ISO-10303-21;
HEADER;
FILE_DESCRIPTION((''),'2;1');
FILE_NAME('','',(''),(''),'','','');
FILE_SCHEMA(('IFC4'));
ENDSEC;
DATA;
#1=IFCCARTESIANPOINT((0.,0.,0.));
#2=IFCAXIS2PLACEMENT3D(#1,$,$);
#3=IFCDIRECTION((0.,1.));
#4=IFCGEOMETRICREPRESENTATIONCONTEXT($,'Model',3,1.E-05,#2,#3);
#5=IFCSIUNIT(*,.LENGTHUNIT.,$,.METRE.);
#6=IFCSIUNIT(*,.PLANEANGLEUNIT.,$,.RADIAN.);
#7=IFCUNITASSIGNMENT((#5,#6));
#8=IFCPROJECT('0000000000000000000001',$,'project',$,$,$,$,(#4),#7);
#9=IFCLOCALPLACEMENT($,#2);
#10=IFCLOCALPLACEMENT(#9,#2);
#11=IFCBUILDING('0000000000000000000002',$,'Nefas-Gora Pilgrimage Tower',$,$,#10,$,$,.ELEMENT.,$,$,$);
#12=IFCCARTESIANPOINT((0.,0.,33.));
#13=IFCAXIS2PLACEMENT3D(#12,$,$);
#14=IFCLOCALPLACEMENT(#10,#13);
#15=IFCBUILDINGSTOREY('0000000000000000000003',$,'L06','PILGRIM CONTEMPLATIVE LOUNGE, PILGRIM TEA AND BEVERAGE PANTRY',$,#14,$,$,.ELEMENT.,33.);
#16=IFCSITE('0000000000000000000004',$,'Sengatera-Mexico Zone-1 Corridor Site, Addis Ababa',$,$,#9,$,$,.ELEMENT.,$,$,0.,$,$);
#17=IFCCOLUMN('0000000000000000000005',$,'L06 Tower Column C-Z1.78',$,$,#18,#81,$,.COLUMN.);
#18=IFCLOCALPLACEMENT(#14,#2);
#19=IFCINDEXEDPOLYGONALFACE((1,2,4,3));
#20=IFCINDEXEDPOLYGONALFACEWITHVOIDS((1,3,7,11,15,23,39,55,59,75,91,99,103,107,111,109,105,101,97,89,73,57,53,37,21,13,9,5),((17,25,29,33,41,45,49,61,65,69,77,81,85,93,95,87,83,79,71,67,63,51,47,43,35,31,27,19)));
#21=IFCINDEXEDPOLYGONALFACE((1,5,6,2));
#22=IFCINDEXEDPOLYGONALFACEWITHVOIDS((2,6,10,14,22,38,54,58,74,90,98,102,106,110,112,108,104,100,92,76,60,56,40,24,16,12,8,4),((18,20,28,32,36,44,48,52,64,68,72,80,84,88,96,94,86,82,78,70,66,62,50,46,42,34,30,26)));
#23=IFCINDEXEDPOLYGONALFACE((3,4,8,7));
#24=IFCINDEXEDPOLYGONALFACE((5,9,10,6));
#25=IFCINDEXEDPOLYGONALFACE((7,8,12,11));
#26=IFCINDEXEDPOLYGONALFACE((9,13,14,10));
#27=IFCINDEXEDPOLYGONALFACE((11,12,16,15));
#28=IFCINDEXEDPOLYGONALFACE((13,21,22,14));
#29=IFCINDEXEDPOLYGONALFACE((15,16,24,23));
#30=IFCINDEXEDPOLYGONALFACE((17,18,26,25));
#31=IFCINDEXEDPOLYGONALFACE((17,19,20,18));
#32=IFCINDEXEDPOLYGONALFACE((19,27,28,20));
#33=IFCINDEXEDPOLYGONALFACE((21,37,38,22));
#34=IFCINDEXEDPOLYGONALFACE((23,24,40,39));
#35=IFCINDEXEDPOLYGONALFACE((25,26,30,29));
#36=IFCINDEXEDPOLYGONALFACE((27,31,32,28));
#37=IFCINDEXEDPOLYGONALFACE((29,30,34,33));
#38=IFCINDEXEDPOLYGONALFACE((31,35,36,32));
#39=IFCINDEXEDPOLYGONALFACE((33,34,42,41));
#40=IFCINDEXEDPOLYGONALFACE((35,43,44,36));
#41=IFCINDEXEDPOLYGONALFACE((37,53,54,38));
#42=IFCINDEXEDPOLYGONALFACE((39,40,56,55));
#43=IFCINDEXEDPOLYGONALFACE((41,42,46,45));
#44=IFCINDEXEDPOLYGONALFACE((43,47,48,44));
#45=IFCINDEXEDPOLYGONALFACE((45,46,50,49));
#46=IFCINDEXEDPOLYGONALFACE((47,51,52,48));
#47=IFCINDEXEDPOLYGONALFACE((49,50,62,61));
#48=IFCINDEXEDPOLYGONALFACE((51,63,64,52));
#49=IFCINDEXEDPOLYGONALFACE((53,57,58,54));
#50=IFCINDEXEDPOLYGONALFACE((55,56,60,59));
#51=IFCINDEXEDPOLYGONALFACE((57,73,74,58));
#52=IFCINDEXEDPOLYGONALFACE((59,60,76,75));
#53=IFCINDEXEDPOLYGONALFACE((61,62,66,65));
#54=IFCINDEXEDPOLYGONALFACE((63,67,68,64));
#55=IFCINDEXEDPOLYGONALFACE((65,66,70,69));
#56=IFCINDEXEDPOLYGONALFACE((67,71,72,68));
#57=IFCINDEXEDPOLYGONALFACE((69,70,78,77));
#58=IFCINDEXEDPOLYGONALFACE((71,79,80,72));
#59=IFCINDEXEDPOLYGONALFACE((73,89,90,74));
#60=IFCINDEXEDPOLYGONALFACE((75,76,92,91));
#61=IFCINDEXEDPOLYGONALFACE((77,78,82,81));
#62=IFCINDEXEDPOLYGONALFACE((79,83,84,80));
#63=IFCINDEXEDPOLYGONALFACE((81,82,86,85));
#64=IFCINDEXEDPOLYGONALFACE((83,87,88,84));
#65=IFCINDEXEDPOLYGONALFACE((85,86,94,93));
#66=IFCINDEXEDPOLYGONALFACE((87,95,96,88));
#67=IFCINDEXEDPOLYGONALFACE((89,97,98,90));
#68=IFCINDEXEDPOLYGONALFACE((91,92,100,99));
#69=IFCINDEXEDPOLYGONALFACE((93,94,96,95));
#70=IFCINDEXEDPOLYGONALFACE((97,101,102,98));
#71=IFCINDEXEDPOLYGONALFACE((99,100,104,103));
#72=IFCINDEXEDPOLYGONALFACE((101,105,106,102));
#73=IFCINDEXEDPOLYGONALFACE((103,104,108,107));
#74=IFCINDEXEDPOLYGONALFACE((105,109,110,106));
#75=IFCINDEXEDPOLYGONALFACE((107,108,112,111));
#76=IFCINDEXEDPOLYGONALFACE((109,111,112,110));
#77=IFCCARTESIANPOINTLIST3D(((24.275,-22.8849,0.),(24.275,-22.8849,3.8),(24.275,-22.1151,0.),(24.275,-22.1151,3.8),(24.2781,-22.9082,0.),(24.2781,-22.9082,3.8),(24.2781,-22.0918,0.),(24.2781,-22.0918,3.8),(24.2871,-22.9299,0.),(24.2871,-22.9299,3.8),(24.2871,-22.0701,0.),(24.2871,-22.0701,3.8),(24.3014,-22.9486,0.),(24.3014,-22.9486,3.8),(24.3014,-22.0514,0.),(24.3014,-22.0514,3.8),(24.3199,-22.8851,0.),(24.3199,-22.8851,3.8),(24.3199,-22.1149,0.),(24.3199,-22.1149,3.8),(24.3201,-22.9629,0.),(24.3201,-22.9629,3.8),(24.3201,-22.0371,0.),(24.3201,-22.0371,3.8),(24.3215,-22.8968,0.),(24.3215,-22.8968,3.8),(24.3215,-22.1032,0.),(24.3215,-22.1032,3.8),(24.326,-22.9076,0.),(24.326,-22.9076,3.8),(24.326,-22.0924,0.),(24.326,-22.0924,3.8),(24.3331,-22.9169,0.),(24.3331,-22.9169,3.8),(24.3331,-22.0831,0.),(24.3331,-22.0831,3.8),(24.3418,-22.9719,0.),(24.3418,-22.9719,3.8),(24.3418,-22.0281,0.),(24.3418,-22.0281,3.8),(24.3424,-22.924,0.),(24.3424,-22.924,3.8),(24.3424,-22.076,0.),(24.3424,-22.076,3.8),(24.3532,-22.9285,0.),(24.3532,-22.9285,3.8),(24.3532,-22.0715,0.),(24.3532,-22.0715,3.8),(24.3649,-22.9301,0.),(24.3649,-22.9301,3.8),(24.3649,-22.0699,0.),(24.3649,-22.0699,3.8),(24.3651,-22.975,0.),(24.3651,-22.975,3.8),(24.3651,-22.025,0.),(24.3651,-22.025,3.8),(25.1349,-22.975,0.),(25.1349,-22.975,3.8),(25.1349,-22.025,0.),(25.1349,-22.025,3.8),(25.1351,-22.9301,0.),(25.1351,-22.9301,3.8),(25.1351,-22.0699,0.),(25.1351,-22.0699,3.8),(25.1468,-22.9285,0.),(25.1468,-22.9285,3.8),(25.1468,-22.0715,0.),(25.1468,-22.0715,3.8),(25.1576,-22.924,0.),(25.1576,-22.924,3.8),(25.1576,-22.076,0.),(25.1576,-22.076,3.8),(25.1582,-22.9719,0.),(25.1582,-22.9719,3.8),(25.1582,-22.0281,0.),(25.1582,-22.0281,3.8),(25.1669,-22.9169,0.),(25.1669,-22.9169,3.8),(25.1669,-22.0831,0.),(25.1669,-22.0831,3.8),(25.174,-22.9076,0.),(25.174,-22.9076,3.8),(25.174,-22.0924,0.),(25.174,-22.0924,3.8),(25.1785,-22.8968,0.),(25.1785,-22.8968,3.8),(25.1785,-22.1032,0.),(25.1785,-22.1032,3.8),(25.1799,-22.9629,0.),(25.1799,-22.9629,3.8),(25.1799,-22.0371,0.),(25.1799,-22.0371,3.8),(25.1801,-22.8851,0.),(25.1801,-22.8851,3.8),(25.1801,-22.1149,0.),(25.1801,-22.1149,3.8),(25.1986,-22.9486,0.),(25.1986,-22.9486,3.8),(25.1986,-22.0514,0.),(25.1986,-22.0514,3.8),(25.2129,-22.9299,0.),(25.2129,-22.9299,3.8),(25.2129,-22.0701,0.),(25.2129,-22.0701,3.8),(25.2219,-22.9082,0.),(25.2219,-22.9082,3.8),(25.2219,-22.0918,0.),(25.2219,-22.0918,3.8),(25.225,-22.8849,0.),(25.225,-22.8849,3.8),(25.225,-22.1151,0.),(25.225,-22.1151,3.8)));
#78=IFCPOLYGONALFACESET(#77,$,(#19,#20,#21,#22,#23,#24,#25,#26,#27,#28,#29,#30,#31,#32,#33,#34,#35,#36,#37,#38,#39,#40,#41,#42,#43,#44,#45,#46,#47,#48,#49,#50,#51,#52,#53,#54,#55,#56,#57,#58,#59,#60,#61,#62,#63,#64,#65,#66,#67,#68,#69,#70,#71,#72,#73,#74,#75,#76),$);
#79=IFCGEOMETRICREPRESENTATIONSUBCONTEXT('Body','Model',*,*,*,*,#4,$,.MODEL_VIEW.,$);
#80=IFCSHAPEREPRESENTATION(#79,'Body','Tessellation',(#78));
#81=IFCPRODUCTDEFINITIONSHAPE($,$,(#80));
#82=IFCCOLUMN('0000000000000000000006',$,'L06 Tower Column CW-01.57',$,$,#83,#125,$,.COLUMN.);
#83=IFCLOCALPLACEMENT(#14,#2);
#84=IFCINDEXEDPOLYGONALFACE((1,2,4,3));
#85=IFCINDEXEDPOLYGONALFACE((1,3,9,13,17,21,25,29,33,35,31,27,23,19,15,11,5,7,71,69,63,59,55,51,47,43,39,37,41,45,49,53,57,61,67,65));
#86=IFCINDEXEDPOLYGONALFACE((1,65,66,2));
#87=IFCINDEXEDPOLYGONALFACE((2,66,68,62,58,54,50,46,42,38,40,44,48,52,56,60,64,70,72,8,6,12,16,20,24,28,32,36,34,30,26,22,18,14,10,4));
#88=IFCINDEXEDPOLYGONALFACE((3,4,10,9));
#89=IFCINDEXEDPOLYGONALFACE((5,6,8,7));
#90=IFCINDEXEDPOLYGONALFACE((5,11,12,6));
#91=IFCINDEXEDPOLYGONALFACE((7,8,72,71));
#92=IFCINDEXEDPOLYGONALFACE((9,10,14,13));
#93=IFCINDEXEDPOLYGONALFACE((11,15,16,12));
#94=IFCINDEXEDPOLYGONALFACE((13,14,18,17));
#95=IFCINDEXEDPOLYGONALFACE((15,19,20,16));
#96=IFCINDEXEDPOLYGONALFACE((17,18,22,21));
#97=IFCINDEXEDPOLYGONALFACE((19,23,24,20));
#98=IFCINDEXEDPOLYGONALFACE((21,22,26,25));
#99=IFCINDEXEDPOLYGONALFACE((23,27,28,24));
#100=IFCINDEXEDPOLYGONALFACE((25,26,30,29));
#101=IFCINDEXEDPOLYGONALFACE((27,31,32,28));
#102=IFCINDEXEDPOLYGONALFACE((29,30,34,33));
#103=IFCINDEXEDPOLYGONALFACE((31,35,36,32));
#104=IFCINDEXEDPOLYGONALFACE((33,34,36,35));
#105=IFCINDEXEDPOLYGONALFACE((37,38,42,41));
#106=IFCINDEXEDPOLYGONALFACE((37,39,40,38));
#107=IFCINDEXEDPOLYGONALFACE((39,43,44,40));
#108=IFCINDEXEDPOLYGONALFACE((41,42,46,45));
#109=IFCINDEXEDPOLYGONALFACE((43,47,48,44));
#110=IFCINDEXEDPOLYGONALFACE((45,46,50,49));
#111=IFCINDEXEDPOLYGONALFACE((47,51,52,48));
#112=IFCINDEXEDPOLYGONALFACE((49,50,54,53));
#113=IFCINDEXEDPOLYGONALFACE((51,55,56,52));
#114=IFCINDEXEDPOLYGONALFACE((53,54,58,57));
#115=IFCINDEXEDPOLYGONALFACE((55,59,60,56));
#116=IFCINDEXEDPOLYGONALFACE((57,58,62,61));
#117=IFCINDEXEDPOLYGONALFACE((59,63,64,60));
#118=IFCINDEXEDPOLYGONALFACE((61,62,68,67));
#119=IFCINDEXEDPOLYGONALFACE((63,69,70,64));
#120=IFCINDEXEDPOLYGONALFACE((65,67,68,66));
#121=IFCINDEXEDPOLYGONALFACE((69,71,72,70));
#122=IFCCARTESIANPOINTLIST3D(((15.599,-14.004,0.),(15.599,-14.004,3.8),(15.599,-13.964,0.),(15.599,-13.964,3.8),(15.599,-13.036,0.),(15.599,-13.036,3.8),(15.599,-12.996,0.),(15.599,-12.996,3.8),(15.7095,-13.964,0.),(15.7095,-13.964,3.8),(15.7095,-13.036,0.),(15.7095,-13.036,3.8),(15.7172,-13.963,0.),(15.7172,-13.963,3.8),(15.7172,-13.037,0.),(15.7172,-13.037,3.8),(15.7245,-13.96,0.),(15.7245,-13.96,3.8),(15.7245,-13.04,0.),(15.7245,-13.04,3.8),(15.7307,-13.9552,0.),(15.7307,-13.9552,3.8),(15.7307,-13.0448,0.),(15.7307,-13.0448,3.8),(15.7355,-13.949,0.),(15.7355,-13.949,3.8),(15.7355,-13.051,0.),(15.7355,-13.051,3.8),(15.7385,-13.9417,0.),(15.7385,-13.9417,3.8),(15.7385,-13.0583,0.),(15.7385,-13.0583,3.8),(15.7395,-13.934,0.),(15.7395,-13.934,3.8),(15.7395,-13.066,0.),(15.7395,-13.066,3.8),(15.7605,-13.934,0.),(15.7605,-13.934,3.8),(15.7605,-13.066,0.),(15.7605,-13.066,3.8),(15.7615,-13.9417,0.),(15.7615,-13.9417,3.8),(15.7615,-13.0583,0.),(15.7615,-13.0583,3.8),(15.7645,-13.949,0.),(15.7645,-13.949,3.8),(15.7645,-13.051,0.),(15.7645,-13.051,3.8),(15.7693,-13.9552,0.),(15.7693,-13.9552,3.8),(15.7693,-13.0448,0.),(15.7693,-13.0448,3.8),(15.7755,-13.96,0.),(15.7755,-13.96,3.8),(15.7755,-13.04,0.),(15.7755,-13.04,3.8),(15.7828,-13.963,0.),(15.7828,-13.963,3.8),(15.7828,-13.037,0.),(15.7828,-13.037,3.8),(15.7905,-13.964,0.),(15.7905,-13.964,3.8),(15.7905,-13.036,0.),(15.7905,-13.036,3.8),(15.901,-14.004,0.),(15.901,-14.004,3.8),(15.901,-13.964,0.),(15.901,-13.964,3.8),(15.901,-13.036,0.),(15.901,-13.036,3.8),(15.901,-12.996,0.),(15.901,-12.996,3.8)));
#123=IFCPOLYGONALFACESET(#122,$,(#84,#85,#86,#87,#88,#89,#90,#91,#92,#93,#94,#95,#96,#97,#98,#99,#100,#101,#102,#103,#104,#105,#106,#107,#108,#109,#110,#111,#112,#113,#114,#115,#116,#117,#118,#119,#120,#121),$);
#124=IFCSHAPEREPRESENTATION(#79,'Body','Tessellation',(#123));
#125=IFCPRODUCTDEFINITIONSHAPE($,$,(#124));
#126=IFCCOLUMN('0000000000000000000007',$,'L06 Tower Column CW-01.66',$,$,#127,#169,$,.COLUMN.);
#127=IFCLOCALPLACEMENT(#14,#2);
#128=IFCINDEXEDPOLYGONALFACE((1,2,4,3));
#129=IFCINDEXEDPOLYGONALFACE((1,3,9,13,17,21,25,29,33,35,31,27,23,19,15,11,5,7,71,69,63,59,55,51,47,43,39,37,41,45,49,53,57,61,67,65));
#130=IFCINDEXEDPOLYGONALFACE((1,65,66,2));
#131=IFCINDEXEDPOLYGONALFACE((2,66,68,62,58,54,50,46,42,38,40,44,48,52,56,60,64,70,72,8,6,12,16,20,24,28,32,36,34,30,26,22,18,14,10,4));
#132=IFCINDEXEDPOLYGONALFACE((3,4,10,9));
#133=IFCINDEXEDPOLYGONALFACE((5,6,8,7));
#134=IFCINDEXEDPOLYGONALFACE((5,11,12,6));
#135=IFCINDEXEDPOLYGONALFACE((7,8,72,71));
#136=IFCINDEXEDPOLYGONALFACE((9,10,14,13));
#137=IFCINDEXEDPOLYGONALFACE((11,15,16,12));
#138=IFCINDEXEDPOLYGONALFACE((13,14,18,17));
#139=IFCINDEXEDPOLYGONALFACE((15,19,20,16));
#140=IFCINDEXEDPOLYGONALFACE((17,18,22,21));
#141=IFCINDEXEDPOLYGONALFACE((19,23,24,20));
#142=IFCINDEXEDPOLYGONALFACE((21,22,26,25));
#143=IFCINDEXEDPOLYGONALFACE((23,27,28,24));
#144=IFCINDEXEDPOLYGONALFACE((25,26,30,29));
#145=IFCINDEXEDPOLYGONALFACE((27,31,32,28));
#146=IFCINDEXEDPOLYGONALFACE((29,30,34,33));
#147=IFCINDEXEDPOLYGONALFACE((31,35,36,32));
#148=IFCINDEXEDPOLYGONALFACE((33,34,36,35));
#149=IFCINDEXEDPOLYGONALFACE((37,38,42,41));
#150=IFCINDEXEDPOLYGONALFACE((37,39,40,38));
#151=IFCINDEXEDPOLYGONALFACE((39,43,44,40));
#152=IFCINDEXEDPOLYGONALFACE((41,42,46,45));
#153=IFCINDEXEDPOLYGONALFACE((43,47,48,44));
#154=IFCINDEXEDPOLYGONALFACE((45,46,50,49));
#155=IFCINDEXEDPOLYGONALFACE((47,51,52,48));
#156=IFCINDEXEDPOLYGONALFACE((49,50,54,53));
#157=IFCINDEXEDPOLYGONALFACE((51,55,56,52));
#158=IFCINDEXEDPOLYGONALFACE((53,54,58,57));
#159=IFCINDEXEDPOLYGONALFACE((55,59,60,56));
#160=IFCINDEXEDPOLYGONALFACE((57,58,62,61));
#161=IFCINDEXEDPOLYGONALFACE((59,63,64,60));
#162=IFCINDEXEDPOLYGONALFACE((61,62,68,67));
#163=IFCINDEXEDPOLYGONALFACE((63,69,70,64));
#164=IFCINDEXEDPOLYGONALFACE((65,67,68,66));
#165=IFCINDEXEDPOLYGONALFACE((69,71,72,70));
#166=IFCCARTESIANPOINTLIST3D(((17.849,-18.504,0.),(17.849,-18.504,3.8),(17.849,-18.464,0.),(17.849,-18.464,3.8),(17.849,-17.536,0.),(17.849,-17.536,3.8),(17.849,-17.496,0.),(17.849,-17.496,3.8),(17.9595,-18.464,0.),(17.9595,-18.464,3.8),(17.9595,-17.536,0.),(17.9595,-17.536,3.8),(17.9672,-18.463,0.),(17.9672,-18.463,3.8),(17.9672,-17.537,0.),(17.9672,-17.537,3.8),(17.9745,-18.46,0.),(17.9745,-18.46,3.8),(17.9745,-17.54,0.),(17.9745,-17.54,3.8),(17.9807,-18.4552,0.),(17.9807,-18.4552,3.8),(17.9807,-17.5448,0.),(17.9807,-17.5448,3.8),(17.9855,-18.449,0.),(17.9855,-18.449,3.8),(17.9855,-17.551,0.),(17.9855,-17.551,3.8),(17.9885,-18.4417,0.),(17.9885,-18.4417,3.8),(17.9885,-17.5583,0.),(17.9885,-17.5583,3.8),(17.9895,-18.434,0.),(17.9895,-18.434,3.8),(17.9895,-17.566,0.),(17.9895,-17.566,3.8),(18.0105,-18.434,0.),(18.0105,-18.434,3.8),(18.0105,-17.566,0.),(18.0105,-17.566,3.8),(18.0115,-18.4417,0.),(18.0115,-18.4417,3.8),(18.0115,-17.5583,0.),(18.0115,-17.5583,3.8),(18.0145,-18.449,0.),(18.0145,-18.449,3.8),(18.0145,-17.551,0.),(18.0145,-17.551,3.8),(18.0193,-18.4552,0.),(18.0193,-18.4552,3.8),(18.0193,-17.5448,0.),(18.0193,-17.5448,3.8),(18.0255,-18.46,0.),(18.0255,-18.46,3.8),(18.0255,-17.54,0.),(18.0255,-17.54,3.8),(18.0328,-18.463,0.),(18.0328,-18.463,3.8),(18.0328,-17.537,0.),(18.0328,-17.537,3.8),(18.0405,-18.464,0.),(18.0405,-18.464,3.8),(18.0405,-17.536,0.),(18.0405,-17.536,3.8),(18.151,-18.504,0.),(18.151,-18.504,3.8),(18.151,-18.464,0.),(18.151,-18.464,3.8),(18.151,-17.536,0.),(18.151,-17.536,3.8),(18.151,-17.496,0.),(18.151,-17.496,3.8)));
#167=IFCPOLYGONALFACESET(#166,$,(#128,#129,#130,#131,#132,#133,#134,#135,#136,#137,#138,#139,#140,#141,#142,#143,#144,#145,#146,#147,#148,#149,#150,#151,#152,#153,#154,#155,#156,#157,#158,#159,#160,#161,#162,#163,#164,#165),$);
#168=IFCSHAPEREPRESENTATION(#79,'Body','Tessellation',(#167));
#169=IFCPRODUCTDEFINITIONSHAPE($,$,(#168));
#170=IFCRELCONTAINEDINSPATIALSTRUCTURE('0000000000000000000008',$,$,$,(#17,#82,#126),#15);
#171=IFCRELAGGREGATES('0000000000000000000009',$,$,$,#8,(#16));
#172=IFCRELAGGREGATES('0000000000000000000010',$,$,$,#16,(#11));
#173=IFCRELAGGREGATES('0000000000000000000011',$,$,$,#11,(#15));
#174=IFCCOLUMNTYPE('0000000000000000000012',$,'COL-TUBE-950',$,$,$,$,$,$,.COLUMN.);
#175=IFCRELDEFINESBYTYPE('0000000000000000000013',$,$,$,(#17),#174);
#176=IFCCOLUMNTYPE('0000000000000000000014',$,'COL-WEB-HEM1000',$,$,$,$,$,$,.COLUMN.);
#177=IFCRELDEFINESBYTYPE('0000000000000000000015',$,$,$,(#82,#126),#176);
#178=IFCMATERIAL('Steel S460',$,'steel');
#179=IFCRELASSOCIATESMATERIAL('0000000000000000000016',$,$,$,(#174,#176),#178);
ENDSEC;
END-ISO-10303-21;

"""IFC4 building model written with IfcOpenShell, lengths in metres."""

from ifc_helpers import new_model, si_unit, direction, frame, origin, origin_2d, place, context, subcontext, project, spatial, hollow_rectangle, i_section, extrude, source, transform, mapped, material, material_profile, profile_set, type_object, element, save


model = new_model("IFC4")

# Units and contexts
model_context = context("Model", 3, precision=1e-05, world=origin(), true_north=direction((0.0, 1.0)))
body_context = subcontext(model_context, "Body", "Model", "MODEL_VIEW")
ifc_project = project(units=[si_unit("LENGTHUNIT", "METRE"), si_unit("PLANEANGLEUNIT", "RADIAN")], contexts=[model_context])

# Site, building, storey
site_placement = place(None, origin())
site = spatial("IfcSite", under=ifc_project, at=site_placement, Name="Sengatera-Mexico Zone-1 Corridor Site, Addis Ababa", CompositionType="ELEMENT", RefElevation=0.0)
building_placement = place(site_placement, origin())
building = spatial("IfcBuilding", under=site, at=building_placement, Name="Nefas-Gora Pilgrimage Tower", CompositionType="ELEMENT")
storey_placement = place(building_placement, frame((0.0, 0.0, 33.0)))
storey = spatial("IfcBuildingStorey", under=building, at=storey_placement, Name="L06", Description="PILGRIM CONTEMPLATIVE LOUNGE, PILGRIM TEA AND BEVERAGE PANTRY", CompositionType="ELEMENT", Elevation=33.0)

# Columns
ifc_material_1 = material(Name="Steel S460", Category="steel")
ifc_material_profile_1 = material_profile(ifc_material_1, hollow_rectangle(XDim=0.95, YDim=0.95, WallThickness=0.0449, InnerFilletRadius=0.0449, OuterFilletRadius=0.0901, at=origin_2d()), Name="BOX 950x950x45")
ifc_profile_set_1 = profile_set([ifc_material_profile_1], Name="Steel S460")
column_type_1 = type_object("IfcColumnType", Name="COL-TUBE-950", PredefinedType="COLUMN", material=ifc_profile_set_1)
shared_shape_1 = source(origin(), body_context, "Body", "SweptSolid", [
    extrude(hollow_rectangle(XDim=0.95, YDim=0.95, WallThickness=0.0449, InnerFilletRadius=0.0449, OuterFilletRadius=0.0901, at=origin_2d()), origin(), (0.0, 0.0, 1.0), 3.8),
])
for number, where, z_axis, x_axis, name in (
    (1, (24.75, -22.5, 0.0), (0.0, 0.0, 1.0), (1.0, 0.0, 0.0), "L06 Tower Column C-Z1.78"),
):
    element("IfcColumn", number, at=place(storey_placement, frame(where, z_axis=z_axis, x_axis=x_axis)), inside=storey, type_object=column_type_1, Name=name, PredefinedType="COLUMN", context=body_context, shape_type="MappedRepresentation", body=[
        mapped(shared_shape_1, transform((0.0, 0.0, 0.0), x_axis=(1.0, 0.0, 0.0), y_axis=(0.0, 1.0, 0.0), z_axis=(0.0, 0.0, 1.0), scale=1.0)),
    ])
ifc_material_profile_2 = material_profile(ifc_material_1, i_section(OverallWidth=0.302, OverallDepth=1.0081, WebThickness=0.021, FlangeThickness=0.04, FilletRadius=0.03, at=origin_2d()), Name="HEM 1000")
ifc_profile_set_2 = profile_set([ifc_material_profile_2], Name="Steel S460")
column_type_2 = type_object("IfcColumnType", Name="COL-WEB-HEM1000", PredefinedType="COLUMN", material=ifc_profile_set_2)
shared_shape_2 = source(origin(), body_context, "Body", "SweptSolid", [
    extrude(i_section(OverallWidth=0.302, OverallDepth=1.0081, WebThickness=0.021, FlangeThickness=0.04, FilletRadius=0.03, at=origin_2d()), origin(), (0.0, 0.0, 1.0), 3.8),
])
for number, where, z_axis, x_axis, name in (
    (2, (15.75, -13.5, 0.0), (0.0, 0.0, 1.0), (1.0, 0.0, 0.0), "L06 Tower Column CW-01.57"),
    (3, (18.0, -18.0, 0.0), (0.0, 0.0, 1.0), (1.0, 0.0, 0.0), "L06 Tower Column CW-01.66"),
):
    element("IfcColumn", number, at=place(storey_placement, frame(where, z_axis=z_axis, x_axis=x_axis)), inside=storey, type_object=column_type_2, Name=name, PredefinedType="COLUMN", context=body_context, shape_type="MappedRepresentation", body=[
        mapped(shared_shape_2, transform((0.0, 0.0, 0.0), x_axis=(1.0, 0.0, 0.0), y_axis=(0.0, 1.0, 0.0), z_axis=(0.0, 0.0, 1.0), scale=1.0)),
    ])

save(model, "model.ifc")
